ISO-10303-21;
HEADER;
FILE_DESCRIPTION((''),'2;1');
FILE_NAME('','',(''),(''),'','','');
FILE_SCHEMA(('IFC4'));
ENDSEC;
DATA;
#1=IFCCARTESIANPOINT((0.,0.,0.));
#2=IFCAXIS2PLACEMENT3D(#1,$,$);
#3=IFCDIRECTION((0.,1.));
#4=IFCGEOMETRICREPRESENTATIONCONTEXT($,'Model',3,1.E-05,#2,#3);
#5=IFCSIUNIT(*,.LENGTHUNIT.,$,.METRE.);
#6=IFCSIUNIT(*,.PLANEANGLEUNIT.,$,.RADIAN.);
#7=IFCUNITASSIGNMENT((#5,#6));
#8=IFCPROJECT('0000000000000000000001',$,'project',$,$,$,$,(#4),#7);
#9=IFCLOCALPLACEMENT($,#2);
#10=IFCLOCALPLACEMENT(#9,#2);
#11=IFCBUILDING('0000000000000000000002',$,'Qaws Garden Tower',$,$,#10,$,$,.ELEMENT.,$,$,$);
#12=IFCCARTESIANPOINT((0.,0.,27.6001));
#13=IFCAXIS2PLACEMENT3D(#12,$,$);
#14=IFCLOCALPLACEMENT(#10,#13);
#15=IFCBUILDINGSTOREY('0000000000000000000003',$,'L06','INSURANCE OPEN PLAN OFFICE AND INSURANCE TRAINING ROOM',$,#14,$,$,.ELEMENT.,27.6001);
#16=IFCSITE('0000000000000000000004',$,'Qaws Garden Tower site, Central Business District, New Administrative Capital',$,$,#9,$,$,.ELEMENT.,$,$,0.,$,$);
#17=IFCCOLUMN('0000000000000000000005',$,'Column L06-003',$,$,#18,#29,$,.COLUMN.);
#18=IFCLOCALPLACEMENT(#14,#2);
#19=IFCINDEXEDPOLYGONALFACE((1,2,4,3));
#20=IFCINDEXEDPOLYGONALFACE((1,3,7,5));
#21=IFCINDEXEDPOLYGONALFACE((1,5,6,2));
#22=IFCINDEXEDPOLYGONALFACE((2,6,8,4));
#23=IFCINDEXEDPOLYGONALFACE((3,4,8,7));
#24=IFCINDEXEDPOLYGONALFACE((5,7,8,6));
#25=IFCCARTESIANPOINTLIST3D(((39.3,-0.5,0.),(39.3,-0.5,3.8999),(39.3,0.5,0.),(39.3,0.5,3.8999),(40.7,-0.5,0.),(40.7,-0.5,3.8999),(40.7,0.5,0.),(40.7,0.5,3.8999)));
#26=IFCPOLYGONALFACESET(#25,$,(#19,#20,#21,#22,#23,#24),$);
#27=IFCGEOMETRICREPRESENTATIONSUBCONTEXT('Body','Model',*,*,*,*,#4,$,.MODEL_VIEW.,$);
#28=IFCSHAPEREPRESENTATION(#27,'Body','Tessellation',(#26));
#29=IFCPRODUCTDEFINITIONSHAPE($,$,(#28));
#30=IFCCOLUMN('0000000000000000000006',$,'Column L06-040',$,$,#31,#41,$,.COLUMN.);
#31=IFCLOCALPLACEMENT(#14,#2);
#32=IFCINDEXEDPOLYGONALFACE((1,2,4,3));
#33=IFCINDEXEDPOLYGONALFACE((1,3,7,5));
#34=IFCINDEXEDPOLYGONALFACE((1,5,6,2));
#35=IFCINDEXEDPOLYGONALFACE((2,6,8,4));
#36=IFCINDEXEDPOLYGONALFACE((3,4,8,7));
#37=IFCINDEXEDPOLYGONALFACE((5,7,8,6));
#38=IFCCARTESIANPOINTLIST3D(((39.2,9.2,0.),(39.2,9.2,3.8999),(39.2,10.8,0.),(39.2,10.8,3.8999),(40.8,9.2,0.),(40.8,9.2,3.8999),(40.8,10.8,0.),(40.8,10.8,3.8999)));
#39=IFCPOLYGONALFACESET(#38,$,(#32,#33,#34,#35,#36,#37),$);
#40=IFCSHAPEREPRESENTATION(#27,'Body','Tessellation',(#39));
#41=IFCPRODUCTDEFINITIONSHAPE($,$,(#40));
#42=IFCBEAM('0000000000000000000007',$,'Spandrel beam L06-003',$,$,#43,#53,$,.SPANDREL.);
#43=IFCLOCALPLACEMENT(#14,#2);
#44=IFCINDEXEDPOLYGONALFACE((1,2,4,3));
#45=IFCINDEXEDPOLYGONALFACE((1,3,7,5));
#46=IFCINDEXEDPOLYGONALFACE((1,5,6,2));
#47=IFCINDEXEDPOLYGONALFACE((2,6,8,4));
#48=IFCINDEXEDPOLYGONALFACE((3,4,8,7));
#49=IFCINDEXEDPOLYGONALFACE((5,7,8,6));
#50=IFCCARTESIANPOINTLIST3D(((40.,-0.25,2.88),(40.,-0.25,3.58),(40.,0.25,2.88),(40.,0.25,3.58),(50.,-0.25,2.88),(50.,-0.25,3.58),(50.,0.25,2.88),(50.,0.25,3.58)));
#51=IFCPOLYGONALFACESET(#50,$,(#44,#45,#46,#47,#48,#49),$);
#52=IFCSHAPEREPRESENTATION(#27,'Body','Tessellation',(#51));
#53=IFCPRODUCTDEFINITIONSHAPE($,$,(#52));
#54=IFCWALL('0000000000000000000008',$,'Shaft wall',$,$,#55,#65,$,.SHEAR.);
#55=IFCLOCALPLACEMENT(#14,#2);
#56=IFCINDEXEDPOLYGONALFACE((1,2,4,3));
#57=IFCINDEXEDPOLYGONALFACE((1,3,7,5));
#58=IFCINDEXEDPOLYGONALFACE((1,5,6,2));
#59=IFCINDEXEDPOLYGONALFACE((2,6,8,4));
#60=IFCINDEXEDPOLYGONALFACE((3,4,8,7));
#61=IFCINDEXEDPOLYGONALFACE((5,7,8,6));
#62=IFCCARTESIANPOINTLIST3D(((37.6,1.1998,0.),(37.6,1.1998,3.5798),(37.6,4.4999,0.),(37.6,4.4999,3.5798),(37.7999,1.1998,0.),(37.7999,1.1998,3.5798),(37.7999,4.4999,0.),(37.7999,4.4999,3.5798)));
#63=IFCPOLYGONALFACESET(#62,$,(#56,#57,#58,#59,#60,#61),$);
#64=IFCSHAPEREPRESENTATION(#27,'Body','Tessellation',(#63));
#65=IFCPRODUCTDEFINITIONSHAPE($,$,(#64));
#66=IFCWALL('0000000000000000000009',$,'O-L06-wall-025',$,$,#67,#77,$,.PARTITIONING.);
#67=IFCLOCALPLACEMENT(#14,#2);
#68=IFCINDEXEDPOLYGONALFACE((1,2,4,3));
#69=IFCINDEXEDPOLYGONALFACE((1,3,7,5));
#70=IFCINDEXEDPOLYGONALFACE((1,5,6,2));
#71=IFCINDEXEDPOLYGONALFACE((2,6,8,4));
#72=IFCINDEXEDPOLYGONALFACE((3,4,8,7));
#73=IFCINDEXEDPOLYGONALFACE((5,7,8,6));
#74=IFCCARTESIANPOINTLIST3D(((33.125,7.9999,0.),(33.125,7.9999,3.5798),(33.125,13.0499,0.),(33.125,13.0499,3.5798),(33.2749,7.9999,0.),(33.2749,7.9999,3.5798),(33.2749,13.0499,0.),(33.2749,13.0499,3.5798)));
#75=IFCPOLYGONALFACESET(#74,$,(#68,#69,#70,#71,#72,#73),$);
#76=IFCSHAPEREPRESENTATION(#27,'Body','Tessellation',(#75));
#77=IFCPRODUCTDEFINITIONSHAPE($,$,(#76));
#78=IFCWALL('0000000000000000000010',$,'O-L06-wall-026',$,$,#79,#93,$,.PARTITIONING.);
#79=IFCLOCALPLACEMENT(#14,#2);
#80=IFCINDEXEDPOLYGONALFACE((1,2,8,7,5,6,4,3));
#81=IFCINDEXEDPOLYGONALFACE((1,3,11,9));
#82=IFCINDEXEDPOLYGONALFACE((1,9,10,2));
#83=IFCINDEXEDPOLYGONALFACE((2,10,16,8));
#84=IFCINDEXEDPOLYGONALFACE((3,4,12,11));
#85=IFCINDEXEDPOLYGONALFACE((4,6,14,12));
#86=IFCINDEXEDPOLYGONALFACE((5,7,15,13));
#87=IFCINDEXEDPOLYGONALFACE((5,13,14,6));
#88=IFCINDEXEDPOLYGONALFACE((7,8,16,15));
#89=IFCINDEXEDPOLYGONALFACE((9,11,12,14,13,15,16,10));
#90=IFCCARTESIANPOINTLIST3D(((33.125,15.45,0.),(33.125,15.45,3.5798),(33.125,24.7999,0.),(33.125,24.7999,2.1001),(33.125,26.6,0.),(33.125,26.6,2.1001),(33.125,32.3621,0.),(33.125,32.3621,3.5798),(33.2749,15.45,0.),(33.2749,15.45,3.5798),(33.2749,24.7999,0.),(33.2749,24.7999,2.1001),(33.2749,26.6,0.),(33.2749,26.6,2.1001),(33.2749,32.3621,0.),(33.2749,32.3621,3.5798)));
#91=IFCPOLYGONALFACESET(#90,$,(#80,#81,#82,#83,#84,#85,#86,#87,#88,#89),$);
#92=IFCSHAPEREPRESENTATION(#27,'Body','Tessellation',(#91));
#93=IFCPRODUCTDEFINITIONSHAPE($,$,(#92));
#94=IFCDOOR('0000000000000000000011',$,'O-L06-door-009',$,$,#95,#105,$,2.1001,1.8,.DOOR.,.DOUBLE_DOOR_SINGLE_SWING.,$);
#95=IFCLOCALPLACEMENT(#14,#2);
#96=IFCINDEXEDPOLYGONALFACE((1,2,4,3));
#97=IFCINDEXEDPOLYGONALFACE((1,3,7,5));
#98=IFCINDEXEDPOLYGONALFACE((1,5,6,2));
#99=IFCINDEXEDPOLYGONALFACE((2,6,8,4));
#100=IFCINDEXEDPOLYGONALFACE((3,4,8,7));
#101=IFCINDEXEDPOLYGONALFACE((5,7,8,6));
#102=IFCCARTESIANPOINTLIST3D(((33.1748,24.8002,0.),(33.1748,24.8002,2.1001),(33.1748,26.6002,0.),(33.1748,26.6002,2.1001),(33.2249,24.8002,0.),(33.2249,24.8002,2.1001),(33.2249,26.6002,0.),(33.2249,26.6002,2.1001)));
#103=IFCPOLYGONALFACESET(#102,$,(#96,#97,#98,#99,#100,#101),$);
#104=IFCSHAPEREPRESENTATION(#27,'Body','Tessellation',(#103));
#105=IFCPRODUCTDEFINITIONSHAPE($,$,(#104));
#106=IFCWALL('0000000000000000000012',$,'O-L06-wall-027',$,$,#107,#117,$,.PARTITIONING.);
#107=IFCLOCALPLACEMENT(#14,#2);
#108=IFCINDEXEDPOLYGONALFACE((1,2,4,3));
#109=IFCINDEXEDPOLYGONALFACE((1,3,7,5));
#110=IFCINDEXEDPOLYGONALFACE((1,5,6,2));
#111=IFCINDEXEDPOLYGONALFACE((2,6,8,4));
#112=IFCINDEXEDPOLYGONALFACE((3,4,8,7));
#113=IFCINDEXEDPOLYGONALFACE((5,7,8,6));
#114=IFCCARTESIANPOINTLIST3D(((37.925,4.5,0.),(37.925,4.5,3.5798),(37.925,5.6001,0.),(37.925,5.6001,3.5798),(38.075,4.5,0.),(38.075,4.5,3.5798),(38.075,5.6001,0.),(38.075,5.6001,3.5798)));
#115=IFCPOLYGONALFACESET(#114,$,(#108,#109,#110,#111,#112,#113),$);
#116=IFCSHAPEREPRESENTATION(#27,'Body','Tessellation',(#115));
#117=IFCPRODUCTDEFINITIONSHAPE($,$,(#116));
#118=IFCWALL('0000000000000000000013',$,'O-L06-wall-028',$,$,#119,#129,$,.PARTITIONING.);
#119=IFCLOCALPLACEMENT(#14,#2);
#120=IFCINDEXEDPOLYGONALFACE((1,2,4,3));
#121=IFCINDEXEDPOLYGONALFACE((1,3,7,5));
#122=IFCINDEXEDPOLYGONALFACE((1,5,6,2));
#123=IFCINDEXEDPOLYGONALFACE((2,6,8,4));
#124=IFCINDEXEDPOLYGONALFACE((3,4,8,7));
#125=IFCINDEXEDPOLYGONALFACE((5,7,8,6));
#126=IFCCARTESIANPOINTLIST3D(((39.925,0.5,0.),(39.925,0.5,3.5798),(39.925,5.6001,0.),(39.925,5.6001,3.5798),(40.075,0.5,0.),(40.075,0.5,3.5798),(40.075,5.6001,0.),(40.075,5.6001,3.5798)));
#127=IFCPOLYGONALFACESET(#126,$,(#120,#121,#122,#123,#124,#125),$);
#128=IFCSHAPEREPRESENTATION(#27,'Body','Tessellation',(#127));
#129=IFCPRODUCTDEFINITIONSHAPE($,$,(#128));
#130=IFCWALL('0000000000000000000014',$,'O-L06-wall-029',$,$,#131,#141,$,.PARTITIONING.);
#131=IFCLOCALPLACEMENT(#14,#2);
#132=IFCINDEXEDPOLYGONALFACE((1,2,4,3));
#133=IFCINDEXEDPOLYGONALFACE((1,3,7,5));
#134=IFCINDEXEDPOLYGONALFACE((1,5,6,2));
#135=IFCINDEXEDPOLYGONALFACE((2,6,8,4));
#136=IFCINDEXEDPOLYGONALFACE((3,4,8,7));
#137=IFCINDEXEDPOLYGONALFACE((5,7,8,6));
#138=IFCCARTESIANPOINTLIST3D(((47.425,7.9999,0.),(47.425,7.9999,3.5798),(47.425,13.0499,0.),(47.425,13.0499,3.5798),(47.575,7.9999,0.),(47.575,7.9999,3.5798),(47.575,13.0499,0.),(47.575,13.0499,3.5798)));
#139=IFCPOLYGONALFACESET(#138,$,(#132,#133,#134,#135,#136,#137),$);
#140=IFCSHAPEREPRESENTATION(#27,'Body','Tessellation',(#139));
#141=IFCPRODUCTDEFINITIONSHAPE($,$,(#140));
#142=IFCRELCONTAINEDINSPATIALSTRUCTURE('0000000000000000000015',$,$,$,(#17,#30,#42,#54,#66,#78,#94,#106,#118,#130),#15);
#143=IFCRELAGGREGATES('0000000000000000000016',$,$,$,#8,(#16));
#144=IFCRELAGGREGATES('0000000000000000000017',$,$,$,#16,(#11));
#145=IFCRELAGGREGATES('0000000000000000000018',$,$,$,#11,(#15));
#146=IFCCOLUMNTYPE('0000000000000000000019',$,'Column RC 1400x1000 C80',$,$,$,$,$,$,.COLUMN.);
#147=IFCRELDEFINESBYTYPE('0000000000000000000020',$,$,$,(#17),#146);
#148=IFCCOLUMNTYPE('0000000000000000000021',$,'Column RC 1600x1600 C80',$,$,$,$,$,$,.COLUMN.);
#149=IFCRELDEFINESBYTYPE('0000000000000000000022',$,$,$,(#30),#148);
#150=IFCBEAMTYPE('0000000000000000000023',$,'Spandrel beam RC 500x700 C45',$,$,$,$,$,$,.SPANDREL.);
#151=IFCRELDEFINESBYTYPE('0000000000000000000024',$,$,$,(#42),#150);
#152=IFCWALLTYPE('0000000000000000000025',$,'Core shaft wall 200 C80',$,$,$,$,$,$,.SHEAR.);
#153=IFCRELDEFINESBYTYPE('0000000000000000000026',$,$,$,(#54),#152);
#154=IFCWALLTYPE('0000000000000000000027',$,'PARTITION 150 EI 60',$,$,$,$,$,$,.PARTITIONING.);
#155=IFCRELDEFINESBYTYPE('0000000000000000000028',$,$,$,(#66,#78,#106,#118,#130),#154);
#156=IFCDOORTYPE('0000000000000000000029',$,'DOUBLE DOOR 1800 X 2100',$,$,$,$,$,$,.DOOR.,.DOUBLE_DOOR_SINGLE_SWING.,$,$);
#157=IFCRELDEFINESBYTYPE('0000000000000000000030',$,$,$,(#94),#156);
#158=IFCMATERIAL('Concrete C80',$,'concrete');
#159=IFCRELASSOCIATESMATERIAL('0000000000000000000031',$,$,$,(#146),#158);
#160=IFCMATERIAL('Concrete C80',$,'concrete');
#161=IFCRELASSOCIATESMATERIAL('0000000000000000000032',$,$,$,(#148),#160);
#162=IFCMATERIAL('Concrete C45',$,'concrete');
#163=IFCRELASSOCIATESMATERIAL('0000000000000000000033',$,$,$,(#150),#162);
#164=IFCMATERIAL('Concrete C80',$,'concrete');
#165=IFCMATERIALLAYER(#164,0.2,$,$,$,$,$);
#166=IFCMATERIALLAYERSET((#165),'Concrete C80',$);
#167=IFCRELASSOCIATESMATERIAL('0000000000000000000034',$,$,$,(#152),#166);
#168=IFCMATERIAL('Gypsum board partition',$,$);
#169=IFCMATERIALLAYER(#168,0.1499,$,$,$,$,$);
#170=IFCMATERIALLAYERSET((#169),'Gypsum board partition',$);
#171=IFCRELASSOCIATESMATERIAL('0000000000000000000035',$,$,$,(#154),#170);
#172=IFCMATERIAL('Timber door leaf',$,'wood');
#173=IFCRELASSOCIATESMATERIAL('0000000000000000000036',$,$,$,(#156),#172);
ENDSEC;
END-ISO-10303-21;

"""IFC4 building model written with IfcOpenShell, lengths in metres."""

from ifc_helpers import new_model, si_unit, direction, frame, frame_2d, origin, origin_2d, place, context, subcontext, project, spatial, rectangle, extrude, material, layer, layer_set, material_profile, profile_set, type_object, element, fill, save


model = new_model("IFC4")

# Units and contexts
model_context = context("Model", 3, precision=1e-05, world=origin(), true_north=direction((0.0, 1.0)))
body_context = subcontext(model_context, "Body", "Model", "MODEL_VIEW")
ifc_project = project(units=[si_unit("LENGTHUNIT", "METRE"), si_unit("PLANEANGLEUNIT", "RADIAN")], contexts=[model_context])

# Site, building, storey
site_placement = place(None, origin())
site = spatial("IfcSite", under=ifc_project, at=site_placement, Name="Qaws Garden Tower site, Central Business District, New Administrative Capital", CompositionType="ELEMENT", RefElevation=0.0)
building_placement = place(site_placement, origin())
building = spatial("IfcBuilding", under=site, at=building_placement, Name="Qaws Garden Tower", CompositionType="ELEMENT")
storey_placement = place(building_placement, frame((0.0, 0.0, 27.6001)))
storey = spatial("IfcBuildingStorey", under=building, at=storey_placement, Name="L06", Description="INSURANCE OPEN PLAN OFFICE AND INSURANCE TRAINING ROOM", CompositionType="ELEMENT", Elevation=27.6001)

# Columns
ifc_material_1 = material(Name="Concrete C80", Category="concrete")
ifc_material_profile_1 = material_profile(ifc_material_1, rectangle(XDim=1.3999, YDim=1.0, at=origin_2d()), Name="RC 1400x1000")
ifc_profile_set_1 = profile_set([ifc_material_profile_1], Name="Concrete C80")
column_type_1 = type_object("IfcColumnType", Name="Column RC 1400x1000 C80", PredefinedType="COLUMN", material=ifc_profile_set_1)
column_1_placement = place(storey_placement, frame((40.0, 0.0, 0.0), z_axis=(0.0, 0.0, 1.0), x_axis=(1.0, 0.0, 0.0)))
element("IfcColumn", 1, at=column_1_placement, inside=storey, type_object=column_type_1, Name="Column L06-003", PredefinedType="COLUMN", context=body_context, shape_type="SweptSolid", body=[
    extrude(rectangle(XDim=1.3999, YDim=1.0, at=origin_2d()), origin(), (0.0, 0.0, 1.0), 3.8999),
])
ifc_material_2 = material(Name="Concrete C80", Category="concrete")
ifc_material_profile_2 = material_profile(ifc_material_2, rectangle(XDim=1.6001, YDim=1.6001, at=origin_2d()), Name="RC 1600x1600")
ifc_profile_set_2 = profile_set([ifc_material_profile_2], Name="Concrete C80")
column_type_2 = type_object("IfcColumnType", Name="Column RC 1600x1600 C80", PredefinedType="COLUMN", material=ifc_profile_set_2)
column_2_placement = place(storey_placement, frame((40.0, 10.0, 0.0), z_axis=(0.0, 0.0, 1.0), x_axis=(1.0, 0.0, 0.0)))
element("IfcColumn", 2, at=column_2_placement, inside=storey, type_object=column_type_2, Name="Column L06-040", PredefinedType="COLUMN", context=body_context, shape_type="SweptSolid", body=[
    extrude(rectangle(XDim=1.6001, YDim=1.6001, at=origin_2d()), origin(), (0.0, 0.0, 1.0), 3.8999),
])

# Beam
ifc_material_3 = material(Name="Concrete C45", Category="concrete")
ifc_material_profile_3 = material_profile(ifc_material_3, rectangle(XDim=0.5, YDim=0.7, at=origin_2d()), Name="RC 500x700")
ifc_profile_set_3 = profile_set([ifc_material_profile_3], Name="Concrete C45")
beam_type = type_object("IfcBeamType", Name="Spandrel beam RC 500x700 C45", PredefinedType="SPANDREL", material=ifc_profile_set_3)
beam_placement = place(storey_placement, frame((40.0, 0.0, 3.23), z_axis=(1.0, 0.0, 0.0), x_axis=(0.0, 1.0, 0.0)))
element("IfcBeam", 3, at=beam_placement, inside=storey, type_object=beam_type, Name="Spandrel beam L06-003", PredefinedType="SPANDREL", context=body_context, shape_type="SweptSolid", body=[
    extrude(rectangle(XDim=0.5, YDim=0.7, at=origin_2d()), origin(), (0.0, 0.0, 1.0), 10.0),
])

# Walls
ifc_material_4 = material(Name="Concrete C80", Category="concrete")
ifc_layer_1 = layer(ifc_material_4, 0.2)
ifc_layer_set_1 = layer_set([ifc_layer_1], Name="Concrete C80")
wall_type_1 = type_object("IfcWallType", Name="Core shaft wall 200 C80", PredefinedType="SHEAR", material=ifc_layer_set_1)
wall_1_placement = place(storey_placement, frame((37.7, 1.2, 0.0), z_axis=(0.0, 0.0, 1.0), x_axis=(0.0, 1.0, 0.0)))
element("IfcWall", 4, at=wall_1_placement, inside=storey, type_object=wall_type_1, Name="Shaft wall", PredefinedType="SHEAR", context=body_context, shape_type="SweptSolid", body=[
    extrude(rectangle(XDim=3.3, YDim=0.2, at=frame_2d((1.6499, 0.0))), origin(), (0.0, 0.0, 1.0), 3.5798),
])
ifc_material_5 = material(Name="Gypsum board partition")
ifc_layer_2 = layer(ifc_material_5, 0.1499)
ifc_layer_set_2 = layer_set([ifc_layer_2], Name="Gypsum board partition")
wall_type_2 = type_object("IfcWallType", Name="PARTITION 150 EI 60", PredefinedType="PARTITIONING", material=ifc_layer_set_2)
wall_2_placement = place(storey_placement, frame((33.2, 8.0, 0.0), z_axis=(0.0, 0.0, 1.0), x_axis=(0.0, 1.0, 0.0)))
element("IfcWall", 5, at=wall_2_placement, inside=storey, type_object=wall_type_2, Name="O-L06-wall-025", PredefinedType="PARTITIONING", context=body_context, shape_type="SweptSolid", body=[
    extrude(rectangle(XDim=5.05, YDim=0.1499, at=frame_2d((2.5249, 0.0))), origin(), (0.0, 0.0, 1.0), 3.5798),
])

# Wall, opening, door
wall_3_placement = place(storey_placement, frame((33.2, 15.45, 0.0), z_axis=(0.0, 0.0, 1.0), x_axis=(0.0, 1.0, 0.0)))
wall_3 = element("IfcWall", 6, at=wall_3_placement, inside=storey, type_object=wall_type_2, Name="O-L06-wall-026", PredefinedType="PARTITIONING", context=body_context, shape_type="SweptSolid", body=[
    extrude(rectangle(XDim=16.9121, YDim=0.1499, at=frame_2d((8.4561, 0.0))), origin(), (0.0, 0.0, 1.0), 3.5798),
])
opening_1_placement = place(wall_3_placement, frame((9.3501, 0.0, 0.0)))
opening_1 = element("IfcOpeningElement", 7, at=opening_1_placement, cuts=wall_3, PredefinedType="OPENING", context=body_context, shape_type="SweptSolid", body=[
    extrude(rectangle(XDim=1.8, YDim=2.1001, at=frame_2d((0.8999, 1.05))), frame((0.0, 0.085, 0.0), z_axis=(0.0, -1.0, 0.0), x_axis=(1.0, 0.0, 0.0)), (0.0, 0.0, 1.0), 0.1699),
])
ifc_material_6 = material(Name="Timber door leaf", Category="wood")
door_type_1 = type_object("IfcDoorType", Name="DOUBLE DOOR 1800 X 2100", OperationType="DOUBLE_DOOR_SINGLE_SWING", PredefinedType="DOOR", material=ifc_material_6)
door_1_placement = place(opening_1_placement, frame((1.8, 0.0, 0.0), z_axis=(0.0, 0.0, 1.0), x_axis=(-1.0, 0.0, 0.0)))
door_1 = element("IfcDoor", 8, at=door_1_placement, inside=storey, type_object=door_type_1, Name="O-L06-door-009", OperationType="DOUBLE_DOOR_SINGLE_SWING", OverallHeight=2.1001, OverallWidth=1.8, PredefinedType="DOOR", context=body_context, shape_type="SweptSolid", body=[
    extrude(rectangle(XDim=1.8, YDim=2.1001, at=frame_2d((0.8999, 1.05))), frame((0.0, 0.0249, 0.0), z_axis=(0.0, -1.0, 0.0), x_axis=(1.0, 0.0, 0.0)), (0.0, 0.0, 1.0), 0.05),
])
fill(opening_1, door_1)

# Walls
wall_4_placement = place(storey_placement, frame((38.0, 4.5, 0.0), z_axis=(0.0, 0.0, 1.0), x_axis=(0.0, 1.0, 0.0)))
element("IfcWall", 9, at=wall_4_placement, inside=storey, type_object=wall_type_2, Name="O-L06-wall-027", PredefinedType="PARTITIONING", context=body_context, shape_type="SweptSolid", body=[
    extrude(rectangle(XDim=1.1001, YDim=0.1499, at=frame_2d((0.55, 0.0))), origin(), (0.0, 0.0, 1.0), 3.5798),
])
wall_5_placement = place(storey_placement, frame((40.0, 0.5, 0.0), z_axis=(0.0, 0.0, 1.0), x_axis=(0.0, 1.0, 0.0)))
element("IfcWall", 10, at=wall_5_placement, inside=storey, type_object=wall_type_2, Name="O-L06-wall-028", PredefinedType="PARTITIONING", context=body_context, shape_type="SweptSolid", body=[
    extrude(rectangle(XDim=5.1001, YDim=0.1499, at=frame_2d((2.55, 0.0))), origin(), (0.0, 0.0, 1.0), 3.5798),
])
wall_6_placement = place(storey_placement, frame((47.5, 8.0, 0.0), z_axis=(0.0, 0.0, 1.0), x_axis=(0.0, 1.0, 0.0)))
element("IfcWall", 11, at=wall_6_placement, inside=storey, type_object=wall_type_2, Name="O-L06-wall-029", PredefinedType="PARTITIONING", context=body_context, shape_type="SweptSolid", body=[
    extrude(rectangle(XDim=5.05, YDim=0.1499, at=frame_2d((2.5249, 0.0))), origin(), (0.0, 0.0, 1.0), 3.5798),
])

save(model, "model.ifc")
